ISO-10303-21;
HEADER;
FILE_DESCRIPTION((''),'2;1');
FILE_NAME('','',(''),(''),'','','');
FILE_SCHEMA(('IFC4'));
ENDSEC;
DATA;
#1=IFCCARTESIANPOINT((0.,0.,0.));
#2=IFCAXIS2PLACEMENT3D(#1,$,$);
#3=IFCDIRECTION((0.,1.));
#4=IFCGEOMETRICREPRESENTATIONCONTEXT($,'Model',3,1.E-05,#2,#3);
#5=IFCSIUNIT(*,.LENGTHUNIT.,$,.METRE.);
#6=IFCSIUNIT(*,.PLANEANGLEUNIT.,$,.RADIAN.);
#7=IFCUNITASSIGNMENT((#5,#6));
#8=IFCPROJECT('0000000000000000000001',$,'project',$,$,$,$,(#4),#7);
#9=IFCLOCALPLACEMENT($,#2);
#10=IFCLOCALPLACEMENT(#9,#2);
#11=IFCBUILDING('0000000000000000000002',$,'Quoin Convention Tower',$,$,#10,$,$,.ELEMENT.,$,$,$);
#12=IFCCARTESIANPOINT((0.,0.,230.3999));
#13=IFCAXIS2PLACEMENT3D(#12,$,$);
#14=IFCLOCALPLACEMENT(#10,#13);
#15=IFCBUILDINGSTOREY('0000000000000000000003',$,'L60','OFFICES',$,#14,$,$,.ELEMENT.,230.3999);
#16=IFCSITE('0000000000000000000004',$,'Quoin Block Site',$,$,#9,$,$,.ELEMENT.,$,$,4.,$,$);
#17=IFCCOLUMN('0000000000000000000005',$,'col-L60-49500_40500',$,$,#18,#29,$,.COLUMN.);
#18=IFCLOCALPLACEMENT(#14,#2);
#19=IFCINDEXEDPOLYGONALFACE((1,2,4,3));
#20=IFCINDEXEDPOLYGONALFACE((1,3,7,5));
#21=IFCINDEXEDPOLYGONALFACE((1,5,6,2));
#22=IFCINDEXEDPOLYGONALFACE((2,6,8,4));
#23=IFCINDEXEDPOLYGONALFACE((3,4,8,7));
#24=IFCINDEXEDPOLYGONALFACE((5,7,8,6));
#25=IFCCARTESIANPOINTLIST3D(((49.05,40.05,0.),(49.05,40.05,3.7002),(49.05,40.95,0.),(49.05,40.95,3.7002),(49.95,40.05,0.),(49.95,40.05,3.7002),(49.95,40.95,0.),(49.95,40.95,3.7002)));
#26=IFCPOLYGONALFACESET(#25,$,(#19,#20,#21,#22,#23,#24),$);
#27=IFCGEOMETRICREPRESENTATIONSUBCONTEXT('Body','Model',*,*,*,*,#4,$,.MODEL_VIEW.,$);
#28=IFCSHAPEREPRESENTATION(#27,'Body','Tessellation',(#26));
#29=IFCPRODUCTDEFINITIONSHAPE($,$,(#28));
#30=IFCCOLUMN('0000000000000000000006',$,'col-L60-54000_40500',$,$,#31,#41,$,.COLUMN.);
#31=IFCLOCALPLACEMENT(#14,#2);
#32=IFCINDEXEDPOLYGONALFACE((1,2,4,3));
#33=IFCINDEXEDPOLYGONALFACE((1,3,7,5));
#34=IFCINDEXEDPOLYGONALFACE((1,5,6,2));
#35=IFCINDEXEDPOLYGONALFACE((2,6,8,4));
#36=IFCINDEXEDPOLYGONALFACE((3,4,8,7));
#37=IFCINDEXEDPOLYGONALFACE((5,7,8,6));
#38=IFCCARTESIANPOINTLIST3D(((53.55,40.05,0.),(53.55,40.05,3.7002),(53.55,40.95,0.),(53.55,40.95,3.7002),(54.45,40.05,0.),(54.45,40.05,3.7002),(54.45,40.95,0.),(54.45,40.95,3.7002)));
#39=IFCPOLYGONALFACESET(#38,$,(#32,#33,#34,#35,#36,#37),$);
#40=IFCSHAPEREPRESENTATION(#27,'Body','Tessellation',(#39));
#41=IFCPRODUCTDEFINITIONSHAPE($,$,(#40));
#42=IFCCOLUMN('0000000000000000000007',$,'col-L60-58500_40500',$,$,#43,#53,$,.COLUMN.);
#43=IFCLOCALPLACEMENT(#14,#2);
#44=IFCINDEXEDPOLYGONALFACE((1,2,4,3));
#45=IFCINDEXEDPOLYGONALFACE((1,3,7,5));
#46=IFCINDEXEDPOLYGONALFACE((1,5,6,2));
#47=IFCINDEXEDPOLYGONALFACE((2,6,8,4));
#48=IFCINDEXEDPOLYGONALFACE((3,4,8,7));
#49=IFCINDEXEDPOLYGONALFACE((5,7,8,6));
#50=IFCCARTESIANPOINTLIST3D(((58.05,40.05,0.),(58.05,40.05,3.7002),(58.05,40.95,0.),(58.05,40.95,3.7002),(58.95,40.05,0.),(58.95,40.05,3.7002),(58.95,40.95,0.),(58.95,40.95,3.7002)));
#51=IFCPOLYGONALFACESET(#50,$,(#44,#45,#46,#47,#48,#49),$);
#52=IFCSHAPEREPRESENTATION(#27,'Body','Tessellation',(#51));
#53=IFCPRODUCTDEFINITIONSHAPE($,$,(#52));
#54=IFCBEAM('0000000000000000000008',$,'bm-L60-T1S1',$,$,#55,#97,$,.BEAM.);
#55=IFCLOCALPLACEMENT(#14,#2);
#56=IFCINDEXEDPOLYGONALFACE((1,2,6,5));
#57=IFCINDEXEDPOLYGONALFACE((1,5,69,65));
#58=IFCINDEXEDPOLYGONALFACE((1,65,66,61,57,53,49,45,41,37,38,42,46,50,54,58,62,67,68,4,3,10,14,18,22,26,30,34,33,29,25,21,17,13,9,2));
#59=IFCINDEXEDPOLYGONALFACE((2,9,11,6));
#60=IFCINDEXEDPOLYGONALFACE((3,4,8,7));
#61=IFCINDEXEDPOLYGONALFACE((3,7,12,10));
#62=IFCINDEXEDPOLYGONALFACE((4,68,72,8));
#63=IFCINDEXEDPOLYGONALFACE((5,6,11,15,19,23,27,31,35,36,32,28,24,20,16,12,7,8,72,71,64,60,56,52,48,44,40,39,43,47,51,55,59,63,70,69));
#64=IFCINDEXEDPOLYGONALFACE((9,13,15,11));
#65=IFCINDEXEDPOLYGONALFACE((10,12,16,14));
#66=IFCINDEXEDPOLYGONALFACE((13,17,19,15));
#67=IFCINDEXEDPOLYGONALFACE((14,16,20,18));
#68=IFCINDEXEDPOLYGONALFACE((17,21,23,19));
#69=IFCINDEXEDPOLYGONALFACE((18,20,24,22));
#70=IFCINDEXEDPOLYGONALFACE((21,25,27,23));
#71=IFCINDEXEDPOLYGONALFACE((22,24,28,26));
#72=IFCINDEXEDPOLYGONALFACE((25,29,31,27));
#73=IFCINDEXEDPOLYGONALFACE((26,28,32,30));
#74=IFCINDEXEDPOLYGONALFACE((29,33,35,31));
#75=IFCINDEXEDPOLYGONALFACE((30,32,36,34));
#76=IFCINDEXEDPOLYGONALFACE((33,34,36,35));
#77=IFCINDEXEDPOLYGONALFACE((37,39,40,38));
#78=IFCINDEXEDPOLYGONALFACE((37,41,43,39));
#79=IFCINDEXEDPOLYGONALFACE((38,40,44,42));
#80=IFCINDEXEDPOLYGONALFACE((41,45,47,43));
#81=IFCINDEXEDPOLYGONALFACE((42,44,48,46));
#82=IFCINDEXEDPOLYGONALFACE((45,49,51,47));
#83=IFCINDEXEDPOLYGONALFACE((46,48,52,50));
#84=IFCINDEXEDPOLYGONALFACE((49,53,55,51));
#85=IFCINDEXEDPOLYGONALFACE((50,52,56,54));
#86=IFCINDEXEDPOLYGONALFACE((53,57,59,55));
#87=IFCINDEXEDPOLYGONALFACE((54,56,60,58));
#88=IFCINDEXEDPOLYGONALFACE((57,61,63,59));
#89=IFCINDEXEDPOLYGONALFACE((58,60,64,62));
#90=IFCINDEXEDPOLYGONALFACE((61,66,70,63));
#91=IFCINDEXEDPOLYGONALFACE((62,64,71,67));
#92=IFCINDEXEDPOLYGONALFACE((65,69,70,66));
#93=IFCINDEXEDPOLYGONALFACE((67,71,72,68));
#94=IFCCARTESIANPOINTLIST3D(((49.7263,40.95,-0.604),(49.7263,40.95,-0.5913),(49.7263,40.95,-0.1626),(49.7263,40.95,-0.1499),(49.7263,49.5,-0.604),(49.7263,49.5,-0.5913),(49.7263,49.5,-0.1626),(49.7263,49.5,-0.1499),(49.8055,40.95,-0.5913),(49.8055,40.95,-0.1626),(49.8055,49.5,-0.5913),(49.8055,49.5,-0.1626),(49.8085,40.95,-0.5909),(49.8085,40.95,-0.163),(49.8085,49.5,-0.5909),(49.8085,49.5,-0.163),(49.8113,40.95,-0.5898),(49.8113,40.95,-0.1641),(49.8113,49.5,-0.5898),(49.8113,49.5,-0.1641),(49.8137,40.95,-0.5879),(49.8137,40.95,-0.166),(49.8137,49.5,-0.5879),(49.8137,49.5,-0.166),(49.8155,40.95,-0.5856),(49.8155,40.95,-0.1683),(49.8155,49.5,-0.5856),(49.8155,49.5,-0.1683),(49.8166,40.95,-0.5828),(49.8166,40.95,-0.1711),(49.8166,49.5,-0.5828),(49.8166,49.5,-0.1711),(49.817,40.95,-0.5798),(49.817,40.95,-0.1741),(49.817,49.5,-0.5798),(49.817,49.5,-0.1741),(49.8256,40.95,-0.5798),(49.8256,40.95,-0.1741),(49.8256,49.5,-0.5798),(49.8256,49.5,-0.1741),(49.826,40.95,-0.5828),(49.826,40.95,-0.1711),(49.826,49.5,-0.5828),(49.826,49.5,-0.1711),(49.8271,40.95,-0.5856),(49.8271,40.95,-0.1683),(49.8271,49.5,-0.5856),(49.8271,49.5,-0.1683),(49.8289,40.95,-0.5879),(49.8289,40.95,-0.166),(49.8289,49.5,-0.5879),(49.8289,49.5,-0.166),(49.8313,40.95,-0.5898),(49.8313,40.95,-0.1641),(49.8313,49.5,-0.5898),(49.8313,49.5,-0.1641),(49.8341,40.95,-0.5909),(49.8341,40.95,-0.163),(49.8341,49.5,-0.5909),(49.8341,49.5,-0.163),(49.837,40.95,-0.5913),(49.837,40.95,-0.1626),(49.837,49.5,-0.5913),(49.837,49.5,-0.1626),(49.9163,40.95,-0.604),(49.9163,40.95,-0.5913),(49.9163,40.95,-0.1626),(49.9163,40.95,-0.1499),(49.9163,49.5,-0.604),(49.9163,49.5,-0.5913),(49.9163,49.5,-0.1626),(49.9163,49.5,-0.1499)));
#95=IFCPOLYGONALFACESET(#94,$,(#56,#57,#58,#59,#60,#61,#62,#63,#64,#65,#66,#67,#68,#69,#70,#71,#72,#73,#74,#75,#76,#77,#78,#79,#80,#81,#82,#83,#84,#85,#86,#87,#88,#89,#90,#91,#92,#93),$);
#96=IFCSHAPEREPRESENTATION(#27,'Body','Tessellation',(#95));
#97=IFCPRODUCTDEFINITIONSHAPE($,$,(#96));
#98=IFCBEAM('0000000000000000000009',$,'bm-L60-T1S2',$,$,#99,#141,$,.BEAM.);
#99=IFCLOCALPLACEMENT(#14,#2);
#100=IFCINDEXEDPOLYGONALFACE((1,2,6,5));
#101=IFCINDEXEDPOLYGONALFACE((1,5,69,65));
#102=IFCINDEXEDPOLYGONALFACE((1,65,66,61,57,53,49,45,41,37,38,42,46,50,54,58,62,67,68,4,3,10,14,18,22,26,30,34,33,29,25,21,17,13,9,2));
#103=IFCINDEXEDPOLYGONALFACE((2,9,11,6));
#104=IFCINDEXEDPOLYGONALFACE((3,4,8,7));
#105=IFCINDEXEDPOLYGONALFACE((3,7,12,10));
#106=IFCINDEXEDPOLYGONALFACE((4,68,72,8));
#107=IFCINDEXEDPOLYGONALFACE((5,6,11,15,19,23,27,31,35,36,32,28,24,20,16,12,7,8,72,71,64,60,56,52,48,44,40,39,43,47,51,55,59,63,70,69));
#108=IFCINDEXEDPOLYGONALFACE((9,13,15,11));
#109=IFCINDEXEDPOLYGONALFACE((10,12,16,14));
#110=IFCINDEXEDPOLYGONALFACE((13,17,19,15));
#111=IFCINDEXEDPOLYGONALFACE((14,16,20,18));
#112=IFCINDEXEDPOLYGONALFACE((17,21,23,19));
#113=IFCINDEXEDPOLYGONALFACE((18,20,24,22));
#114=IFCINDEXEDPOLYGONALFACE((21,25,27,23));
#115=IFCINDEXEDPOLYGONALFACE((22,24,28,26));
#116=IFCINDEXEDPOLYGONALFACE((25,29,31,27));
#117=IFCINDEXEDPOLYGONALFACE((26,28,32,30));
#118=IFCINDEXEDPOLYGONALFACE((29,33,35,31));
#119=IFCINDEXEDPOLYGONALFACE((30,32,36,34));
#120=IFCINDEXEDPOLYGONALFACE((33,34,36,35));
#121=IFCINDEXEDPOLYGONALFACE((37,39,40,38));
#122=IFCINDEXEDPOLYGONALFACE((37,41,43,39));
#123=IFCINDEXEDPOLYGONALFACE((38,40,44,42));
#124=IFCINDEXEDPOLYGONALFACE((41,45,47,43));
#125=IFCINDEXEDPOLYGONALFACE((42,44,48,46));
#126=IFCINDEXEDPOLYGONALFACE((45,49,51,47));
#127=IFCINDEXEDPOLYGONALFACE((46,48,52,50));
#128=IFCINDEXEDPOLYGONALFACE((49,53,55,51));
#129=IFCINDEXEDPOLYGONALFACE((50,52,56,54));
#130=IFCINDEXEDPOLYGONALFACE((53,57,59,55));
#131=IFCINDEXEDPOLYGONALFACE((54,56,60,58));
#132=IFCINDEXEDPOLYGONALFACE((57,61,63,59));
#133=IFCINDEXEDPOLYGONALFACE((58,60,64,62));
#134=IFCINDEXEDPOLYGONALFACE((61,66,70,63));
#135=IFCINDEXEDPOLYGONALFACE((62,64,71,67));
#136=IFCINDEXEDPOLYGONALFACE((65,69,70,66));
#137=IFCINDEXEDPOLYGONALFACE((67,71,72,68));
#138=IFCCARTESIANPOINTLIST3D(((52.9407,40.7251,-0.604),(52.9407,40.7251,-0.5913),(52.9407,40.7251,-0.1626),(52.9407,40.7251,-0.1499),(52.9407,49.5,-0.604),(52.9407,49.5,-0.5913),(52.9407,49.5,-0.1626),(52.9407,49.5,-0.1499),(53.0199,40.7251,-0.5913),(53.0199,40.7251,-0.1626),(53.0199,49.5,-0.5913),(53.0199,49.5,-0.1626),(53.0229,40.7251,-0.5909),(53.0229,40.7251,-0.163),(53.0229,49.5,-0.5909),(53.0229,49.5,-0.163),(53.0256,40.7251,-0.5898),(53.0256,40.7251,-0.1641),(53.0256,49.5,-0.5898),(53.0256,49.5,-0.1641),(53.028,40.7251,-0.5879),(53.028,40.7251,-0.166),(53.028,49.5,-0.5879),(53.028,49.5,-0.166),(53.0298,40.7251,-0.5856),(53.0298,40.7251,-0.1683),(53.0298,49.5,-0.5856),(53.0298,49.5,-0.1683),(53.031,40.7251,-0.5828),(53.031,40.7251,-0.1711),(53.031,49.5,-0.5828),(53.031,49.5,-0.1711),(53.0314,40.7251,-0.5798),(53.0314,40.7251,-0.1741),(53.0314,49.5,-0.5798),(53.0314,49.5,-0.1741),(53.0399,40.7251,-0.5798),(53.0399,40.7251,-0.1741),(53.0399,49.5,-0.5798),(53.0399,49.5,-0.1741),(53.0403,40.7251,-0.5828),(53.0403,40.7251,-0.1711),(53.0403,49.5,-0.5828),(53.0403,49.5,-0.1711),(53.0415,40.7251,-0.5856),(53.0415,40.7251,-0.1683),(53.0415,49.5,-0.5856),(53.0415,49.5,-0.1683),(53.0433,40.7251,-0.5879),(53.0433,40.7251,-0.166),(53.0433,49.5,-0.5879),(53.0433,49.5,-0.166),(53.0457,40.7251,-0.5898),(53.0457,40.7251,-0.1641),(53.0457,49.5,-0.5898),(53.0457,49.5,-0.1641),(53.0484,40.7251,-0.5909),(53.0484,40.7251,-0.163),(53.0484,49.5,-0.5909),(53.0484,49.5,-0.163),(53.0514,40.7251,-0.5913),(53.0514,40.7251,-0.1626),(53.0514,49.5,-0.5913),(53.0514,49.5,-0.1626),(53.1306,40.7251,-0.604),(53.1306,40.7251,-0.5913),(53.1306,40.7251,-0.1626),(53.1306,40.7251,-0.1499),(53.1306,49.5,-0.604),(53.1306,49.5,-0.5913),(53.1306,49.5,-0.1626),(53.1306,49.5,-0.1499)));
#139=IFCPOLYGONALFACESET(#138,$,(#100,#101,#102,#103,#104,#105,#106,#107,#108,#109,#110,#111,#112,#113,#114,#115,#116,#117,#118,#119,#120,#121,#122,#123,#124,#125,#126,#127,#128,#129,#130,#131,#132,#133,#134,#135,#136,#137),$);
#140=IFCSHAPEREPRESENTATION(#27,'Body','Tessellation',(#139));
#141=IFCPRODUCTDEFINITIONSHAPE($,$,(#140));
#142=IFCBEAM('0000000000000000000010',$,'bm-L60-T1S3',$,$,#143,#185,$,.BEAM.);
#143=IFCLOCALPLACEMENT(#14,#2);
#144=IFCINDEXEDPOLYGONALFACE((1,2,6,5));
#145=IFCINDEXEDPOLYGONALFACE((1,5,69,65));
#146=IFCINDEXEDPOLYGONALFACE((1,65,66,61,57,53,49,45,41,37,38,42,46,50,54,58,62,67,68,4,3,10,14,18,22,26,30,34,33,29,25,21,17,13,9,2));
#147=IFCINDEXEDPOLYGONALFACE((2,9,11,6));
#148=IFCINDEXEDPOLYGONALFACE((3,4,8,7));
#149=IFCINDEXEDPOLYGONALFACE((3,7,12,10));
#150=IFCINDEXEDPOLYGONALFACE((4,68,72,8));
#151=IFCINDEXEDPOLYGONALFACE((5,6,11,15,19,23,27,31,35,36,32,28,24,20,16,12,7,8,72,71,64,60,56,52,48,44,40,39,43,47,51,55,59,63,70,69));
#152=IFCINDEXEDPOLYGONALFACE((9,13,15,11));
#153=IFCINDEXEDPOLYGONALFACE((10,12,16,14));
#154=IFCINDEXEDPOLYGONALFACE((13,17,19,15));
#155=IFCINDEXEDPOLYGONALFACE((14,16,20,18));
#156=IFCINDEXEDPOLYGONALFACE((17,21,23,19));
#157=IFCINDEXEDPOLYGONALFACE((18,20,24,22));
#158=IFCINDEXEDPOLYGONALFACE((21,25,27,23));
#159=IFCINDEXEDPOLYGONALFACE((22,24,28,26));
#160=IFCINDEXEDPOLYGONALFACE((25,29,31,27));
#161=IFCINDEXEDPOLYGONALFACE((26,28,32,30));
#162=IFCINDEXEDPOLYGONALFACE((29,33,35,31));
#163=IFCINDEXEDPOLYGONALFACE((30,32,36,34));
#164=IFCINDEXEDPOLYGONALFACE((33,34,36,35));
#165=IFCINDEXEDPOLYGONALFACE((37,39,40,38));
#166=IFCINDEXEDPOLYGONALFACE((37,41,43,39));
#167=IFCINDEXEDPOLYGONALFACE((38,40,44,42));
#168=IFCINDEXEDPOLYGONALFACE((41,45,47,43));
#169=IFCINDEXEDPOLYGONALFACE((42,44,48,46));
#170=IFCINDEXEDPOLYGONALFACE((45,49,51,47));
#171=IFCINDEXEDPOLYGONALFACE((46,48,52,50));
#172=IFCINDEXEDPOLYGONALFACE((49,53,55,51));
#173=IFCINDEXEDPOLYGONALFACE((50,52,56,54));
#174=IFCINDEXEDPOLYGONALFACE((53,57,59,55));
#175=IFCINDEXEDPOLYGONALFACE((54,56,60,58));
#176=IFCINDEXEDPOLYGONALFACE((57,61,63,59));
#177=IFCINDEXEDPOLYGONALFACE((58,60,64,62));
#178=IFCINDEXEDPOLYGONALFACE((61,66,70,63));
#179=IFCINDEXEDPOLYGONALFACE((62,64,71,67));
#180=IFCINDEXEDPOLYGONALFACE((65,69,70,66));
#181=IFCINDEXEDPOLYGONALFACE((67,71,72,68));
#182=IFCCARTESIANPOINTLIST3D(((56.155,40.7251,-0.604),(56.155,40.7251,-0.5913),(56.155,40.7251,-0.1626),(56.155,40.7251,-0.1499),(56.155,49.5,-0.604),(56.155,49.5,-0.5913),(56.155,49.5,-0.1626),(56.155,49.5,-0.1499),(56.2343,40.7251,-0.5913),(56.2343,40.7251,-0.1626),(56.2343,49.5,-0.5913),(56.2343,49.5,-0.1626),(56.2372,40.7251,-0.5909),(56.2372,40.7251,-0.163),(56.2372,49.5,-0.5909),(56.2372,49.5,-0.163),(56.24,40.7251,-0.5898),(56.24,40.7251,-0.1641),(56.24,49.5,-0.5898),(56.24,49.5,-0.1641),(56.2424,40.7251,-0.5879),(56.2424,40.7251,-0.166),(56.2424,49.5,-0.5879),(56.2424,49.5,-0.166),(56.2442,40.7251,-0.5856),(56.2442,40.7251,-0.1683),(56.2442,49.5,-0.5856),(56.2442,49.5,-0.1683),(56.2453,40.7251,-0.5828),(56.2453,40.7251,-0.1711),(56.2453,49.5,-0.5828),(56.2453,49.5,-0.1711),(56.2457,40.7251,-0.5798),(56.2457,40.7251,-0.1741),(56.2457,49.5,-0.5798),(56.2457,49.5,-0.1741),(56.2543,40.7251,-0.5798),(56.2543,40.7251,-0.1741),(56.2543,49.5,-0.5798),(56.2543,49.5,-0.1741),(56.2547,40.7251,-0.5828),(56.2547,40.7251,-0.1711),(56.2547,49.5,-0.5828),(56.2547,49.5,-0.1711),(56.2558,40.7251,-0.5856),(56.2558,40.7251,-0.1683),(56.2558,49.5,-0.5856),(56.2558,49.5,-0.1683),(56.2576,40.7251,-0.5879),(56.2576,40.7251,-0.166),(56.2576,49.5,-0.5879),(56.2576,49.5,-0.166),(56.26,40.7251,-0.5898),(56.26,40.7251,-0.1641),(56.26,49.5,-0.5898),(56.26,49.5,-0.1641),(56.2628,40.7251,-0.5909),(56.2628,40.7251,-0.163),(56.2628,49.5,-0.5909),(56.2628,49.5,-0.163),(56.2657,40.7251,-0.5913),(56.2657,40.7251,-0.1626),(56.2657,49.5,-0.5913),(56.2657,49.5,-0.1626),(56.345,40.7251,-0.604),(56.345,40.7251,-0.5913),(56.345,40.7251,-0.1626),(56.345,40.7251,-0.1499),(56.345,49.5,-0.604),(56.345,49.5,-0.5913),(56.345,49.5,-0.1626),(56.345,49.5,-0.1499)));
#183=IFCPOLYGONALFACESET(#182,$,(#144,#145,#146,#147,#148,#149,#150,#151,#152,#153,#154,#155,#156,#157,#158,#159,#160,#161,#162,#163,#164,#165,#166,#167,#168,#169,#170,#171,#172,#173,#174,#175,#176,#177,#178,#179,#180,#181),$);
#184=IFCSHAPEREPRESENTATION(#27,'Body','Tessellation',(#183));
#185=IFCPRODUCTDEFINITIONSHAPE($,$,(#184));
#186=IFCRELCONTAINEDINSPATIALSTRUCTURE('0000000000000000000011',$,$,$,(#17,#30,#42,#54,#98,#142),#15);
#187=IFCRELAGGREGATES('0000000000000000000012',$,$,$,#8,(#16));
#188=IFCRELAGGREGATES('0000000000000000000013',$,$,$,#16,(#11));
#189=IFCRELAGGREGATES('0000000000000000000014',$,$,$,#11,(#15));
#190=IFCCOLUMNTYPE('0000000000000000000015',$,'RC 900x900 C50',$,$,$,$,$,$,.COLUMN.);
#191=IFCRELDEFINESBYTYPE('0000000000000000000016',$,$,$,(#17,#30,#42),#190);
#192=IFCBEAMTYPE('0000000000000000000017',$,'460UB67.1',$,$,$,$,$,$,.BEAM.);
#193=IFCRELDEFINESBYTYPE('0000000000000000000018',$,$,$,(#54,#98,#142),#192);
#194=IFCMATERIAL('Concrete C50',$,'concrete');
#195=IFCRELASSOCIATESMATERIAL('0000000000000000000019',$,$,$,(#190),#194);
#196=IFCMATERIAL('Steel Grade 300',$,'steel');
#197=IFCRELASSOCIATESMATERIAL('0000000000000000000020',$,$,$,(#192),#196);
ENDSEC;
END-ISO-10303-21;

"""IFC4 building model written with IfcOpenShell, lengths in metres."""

from ifc_helpers import new_model, si_unit, direction, frame, origin, origin_2d, place, context, subcontext, project, spatial, rectangle, i_section, extrude, material, material_profile, profile_set, type_object, element, save


model = new_model("IFC4")

# Units and contexts
model_context = context("Model", 3, precision=1e-05, world=origin(), true_north=direction((0.0, 1.0)))
body_context = subcontext(model_context, "Body", "Model", "MODEL_VIEW")
ifc_project = project(units=[si_unit("LENGTHUNIT", "METRE"), si_unit("PLANEANGLEUNIT", "RADIAN")], contexts=[model_context])

# Site, building, storey
site_placement = place(None, origin())
site = spatial("IfcSite", under=ifc_project, at=site_placement, Name="Quoin Block Site", CompositionType="ELEMENT", RefElevation=4.0)
building_placement = place(site_placement, origin())
building = spatial("IfcBuilding", under=site, at=building_placement, Name="Quoin Convention Tower", CompositionType="ELEMENT")
storey_placement = place(building_placement, frame((0.0, 0.0, 230.3999)))
storey = spatial("IfcBuildingStorey", under=building, at=storey_placement, Name="L60", Description="OFFICES", CompositionType="ELEMENT", Elevation=230.3999)

# Columns
ifc_material_1 = material(Name="Concrete C50", Category="concrete")
ifc_material_profile_1 = material_profile(ifc_material_1, rectangle(XDim=0.8999, YDim=0.8999, at=origin_2d()), Name="RC 900x900")
ifc_profile_set_1 = profile_set([ifc_material_profile_1], Name="Concrete C50")
column_type = type_object("IfcColumnType", Name="RC 900x900 C50", PredefinedType="COLUMN", material=ifc_profile_set_1)
for number, where, z_axis, x_axis, name in (
    (1, (49.5, 40.5, 0.0), (0.0, 0.0, 1.0), (1.0, 0.0, 0.0), "col-L60-49500_40500"),
    (2, (54.0, 40.5, 0.0), (0.0, 0.0, 1.0), (1.0, 0.0, 0.0), "col-L60-54000_40500"),
    (3, (58.5, 40.5, 0.0), (0.0, 0.0, 1.0), (1.0, 0.0, 0.0), "col-L60-58500_40500"),
):
    element("IfcColumn", number, at=place(storey_placement, frame(where, z_axis=z_axis, x_axis=x_axis)), inside=storey, type_object=column_type, Name=name, PredefinedType="COLUMN", context=body_context, shape_type="SweptSolid", body=[
        extrude(rectangle(XDim=0.8999, YDim=0.8999, at=origin_2d()), origin(), (0.0, 0.0, 1.0), 3.7002),
    ])

# Beams
ifc_material_2 = material(Name="Steel Grade 300", Category="steel")
ifc_material_profile_2 = material_profile(ifc_material_2, i_section(OverallWidth=0.1899, OverallDepth=0.4541, WebThickness=0.0085, FlangeThickness=0.0127, FilletRadius=0.0115, at=origin_2d()), Name="460UB67.1")
ifc_profile_set_2 = profile_set([ifc_material_profile_2], Name="Steel Grade 300")
beam_type_1 = type_object("IfcBeamType", Name="460UB67.1", PredefinedType="BEAM", material=ifc_profile_set_2)
beam_placement = place(storey_placement, frame((49.8213, 40.95, -0.377), z_axis=(0.0, 1.0, 0.0), x_axis=(-1.0, 0.0, 0.0)))
element("IfcBeam", 4, at=beam_placement, inside=storey, type_object=beam_type_1, Name="bm-L60-T1S1", PredefinedType="BEAM", context=body_context, shape_type="SweptSolid", body=[
    extrude(i_section(OverallWidth=0.1899, OverallDepth=0.4541, WebThickness=0.0085, FlangeThickness=0.0127, FilletRadius=0.0115, at=origin_2d()), origin(), (0.0, 0.0, 1.0), 8.55),
])
for number, where, z_axis, x_axis, name in (
    (5, (53.0356, 40.7251, -0.377), (0.0, 1.0, 0.0), (-1.0, 0.0, 0.0), "bm-L60-T1S2"),
    (6, (56.25, 40.7251, -0.377), (0.0, 1.0, 0.0), (-1.0, 0.0, 0.0), "bm-L60-T1S3"),
):
    element("IfcBeam", number, at=place(storey_placement, frame(where, z_axis=z_axis, x_axis=x_axis)), inside=storey, type_object=beam_type_1, Name=name, PredefinedType="BEAM", context=body_context, shape_type="SweptSolid", body=[
        extrude(i_section(OverallWidth=0.1899, OverallDepth=0.4541, WebThickness=0.0085, FlangeThickness=0.0127, FilletRadius=0.0115, at=origin_2d()), origin(), (0.0, 0.0, 1.0), 8.7749),
    ])

save(model, "model.ifc")
